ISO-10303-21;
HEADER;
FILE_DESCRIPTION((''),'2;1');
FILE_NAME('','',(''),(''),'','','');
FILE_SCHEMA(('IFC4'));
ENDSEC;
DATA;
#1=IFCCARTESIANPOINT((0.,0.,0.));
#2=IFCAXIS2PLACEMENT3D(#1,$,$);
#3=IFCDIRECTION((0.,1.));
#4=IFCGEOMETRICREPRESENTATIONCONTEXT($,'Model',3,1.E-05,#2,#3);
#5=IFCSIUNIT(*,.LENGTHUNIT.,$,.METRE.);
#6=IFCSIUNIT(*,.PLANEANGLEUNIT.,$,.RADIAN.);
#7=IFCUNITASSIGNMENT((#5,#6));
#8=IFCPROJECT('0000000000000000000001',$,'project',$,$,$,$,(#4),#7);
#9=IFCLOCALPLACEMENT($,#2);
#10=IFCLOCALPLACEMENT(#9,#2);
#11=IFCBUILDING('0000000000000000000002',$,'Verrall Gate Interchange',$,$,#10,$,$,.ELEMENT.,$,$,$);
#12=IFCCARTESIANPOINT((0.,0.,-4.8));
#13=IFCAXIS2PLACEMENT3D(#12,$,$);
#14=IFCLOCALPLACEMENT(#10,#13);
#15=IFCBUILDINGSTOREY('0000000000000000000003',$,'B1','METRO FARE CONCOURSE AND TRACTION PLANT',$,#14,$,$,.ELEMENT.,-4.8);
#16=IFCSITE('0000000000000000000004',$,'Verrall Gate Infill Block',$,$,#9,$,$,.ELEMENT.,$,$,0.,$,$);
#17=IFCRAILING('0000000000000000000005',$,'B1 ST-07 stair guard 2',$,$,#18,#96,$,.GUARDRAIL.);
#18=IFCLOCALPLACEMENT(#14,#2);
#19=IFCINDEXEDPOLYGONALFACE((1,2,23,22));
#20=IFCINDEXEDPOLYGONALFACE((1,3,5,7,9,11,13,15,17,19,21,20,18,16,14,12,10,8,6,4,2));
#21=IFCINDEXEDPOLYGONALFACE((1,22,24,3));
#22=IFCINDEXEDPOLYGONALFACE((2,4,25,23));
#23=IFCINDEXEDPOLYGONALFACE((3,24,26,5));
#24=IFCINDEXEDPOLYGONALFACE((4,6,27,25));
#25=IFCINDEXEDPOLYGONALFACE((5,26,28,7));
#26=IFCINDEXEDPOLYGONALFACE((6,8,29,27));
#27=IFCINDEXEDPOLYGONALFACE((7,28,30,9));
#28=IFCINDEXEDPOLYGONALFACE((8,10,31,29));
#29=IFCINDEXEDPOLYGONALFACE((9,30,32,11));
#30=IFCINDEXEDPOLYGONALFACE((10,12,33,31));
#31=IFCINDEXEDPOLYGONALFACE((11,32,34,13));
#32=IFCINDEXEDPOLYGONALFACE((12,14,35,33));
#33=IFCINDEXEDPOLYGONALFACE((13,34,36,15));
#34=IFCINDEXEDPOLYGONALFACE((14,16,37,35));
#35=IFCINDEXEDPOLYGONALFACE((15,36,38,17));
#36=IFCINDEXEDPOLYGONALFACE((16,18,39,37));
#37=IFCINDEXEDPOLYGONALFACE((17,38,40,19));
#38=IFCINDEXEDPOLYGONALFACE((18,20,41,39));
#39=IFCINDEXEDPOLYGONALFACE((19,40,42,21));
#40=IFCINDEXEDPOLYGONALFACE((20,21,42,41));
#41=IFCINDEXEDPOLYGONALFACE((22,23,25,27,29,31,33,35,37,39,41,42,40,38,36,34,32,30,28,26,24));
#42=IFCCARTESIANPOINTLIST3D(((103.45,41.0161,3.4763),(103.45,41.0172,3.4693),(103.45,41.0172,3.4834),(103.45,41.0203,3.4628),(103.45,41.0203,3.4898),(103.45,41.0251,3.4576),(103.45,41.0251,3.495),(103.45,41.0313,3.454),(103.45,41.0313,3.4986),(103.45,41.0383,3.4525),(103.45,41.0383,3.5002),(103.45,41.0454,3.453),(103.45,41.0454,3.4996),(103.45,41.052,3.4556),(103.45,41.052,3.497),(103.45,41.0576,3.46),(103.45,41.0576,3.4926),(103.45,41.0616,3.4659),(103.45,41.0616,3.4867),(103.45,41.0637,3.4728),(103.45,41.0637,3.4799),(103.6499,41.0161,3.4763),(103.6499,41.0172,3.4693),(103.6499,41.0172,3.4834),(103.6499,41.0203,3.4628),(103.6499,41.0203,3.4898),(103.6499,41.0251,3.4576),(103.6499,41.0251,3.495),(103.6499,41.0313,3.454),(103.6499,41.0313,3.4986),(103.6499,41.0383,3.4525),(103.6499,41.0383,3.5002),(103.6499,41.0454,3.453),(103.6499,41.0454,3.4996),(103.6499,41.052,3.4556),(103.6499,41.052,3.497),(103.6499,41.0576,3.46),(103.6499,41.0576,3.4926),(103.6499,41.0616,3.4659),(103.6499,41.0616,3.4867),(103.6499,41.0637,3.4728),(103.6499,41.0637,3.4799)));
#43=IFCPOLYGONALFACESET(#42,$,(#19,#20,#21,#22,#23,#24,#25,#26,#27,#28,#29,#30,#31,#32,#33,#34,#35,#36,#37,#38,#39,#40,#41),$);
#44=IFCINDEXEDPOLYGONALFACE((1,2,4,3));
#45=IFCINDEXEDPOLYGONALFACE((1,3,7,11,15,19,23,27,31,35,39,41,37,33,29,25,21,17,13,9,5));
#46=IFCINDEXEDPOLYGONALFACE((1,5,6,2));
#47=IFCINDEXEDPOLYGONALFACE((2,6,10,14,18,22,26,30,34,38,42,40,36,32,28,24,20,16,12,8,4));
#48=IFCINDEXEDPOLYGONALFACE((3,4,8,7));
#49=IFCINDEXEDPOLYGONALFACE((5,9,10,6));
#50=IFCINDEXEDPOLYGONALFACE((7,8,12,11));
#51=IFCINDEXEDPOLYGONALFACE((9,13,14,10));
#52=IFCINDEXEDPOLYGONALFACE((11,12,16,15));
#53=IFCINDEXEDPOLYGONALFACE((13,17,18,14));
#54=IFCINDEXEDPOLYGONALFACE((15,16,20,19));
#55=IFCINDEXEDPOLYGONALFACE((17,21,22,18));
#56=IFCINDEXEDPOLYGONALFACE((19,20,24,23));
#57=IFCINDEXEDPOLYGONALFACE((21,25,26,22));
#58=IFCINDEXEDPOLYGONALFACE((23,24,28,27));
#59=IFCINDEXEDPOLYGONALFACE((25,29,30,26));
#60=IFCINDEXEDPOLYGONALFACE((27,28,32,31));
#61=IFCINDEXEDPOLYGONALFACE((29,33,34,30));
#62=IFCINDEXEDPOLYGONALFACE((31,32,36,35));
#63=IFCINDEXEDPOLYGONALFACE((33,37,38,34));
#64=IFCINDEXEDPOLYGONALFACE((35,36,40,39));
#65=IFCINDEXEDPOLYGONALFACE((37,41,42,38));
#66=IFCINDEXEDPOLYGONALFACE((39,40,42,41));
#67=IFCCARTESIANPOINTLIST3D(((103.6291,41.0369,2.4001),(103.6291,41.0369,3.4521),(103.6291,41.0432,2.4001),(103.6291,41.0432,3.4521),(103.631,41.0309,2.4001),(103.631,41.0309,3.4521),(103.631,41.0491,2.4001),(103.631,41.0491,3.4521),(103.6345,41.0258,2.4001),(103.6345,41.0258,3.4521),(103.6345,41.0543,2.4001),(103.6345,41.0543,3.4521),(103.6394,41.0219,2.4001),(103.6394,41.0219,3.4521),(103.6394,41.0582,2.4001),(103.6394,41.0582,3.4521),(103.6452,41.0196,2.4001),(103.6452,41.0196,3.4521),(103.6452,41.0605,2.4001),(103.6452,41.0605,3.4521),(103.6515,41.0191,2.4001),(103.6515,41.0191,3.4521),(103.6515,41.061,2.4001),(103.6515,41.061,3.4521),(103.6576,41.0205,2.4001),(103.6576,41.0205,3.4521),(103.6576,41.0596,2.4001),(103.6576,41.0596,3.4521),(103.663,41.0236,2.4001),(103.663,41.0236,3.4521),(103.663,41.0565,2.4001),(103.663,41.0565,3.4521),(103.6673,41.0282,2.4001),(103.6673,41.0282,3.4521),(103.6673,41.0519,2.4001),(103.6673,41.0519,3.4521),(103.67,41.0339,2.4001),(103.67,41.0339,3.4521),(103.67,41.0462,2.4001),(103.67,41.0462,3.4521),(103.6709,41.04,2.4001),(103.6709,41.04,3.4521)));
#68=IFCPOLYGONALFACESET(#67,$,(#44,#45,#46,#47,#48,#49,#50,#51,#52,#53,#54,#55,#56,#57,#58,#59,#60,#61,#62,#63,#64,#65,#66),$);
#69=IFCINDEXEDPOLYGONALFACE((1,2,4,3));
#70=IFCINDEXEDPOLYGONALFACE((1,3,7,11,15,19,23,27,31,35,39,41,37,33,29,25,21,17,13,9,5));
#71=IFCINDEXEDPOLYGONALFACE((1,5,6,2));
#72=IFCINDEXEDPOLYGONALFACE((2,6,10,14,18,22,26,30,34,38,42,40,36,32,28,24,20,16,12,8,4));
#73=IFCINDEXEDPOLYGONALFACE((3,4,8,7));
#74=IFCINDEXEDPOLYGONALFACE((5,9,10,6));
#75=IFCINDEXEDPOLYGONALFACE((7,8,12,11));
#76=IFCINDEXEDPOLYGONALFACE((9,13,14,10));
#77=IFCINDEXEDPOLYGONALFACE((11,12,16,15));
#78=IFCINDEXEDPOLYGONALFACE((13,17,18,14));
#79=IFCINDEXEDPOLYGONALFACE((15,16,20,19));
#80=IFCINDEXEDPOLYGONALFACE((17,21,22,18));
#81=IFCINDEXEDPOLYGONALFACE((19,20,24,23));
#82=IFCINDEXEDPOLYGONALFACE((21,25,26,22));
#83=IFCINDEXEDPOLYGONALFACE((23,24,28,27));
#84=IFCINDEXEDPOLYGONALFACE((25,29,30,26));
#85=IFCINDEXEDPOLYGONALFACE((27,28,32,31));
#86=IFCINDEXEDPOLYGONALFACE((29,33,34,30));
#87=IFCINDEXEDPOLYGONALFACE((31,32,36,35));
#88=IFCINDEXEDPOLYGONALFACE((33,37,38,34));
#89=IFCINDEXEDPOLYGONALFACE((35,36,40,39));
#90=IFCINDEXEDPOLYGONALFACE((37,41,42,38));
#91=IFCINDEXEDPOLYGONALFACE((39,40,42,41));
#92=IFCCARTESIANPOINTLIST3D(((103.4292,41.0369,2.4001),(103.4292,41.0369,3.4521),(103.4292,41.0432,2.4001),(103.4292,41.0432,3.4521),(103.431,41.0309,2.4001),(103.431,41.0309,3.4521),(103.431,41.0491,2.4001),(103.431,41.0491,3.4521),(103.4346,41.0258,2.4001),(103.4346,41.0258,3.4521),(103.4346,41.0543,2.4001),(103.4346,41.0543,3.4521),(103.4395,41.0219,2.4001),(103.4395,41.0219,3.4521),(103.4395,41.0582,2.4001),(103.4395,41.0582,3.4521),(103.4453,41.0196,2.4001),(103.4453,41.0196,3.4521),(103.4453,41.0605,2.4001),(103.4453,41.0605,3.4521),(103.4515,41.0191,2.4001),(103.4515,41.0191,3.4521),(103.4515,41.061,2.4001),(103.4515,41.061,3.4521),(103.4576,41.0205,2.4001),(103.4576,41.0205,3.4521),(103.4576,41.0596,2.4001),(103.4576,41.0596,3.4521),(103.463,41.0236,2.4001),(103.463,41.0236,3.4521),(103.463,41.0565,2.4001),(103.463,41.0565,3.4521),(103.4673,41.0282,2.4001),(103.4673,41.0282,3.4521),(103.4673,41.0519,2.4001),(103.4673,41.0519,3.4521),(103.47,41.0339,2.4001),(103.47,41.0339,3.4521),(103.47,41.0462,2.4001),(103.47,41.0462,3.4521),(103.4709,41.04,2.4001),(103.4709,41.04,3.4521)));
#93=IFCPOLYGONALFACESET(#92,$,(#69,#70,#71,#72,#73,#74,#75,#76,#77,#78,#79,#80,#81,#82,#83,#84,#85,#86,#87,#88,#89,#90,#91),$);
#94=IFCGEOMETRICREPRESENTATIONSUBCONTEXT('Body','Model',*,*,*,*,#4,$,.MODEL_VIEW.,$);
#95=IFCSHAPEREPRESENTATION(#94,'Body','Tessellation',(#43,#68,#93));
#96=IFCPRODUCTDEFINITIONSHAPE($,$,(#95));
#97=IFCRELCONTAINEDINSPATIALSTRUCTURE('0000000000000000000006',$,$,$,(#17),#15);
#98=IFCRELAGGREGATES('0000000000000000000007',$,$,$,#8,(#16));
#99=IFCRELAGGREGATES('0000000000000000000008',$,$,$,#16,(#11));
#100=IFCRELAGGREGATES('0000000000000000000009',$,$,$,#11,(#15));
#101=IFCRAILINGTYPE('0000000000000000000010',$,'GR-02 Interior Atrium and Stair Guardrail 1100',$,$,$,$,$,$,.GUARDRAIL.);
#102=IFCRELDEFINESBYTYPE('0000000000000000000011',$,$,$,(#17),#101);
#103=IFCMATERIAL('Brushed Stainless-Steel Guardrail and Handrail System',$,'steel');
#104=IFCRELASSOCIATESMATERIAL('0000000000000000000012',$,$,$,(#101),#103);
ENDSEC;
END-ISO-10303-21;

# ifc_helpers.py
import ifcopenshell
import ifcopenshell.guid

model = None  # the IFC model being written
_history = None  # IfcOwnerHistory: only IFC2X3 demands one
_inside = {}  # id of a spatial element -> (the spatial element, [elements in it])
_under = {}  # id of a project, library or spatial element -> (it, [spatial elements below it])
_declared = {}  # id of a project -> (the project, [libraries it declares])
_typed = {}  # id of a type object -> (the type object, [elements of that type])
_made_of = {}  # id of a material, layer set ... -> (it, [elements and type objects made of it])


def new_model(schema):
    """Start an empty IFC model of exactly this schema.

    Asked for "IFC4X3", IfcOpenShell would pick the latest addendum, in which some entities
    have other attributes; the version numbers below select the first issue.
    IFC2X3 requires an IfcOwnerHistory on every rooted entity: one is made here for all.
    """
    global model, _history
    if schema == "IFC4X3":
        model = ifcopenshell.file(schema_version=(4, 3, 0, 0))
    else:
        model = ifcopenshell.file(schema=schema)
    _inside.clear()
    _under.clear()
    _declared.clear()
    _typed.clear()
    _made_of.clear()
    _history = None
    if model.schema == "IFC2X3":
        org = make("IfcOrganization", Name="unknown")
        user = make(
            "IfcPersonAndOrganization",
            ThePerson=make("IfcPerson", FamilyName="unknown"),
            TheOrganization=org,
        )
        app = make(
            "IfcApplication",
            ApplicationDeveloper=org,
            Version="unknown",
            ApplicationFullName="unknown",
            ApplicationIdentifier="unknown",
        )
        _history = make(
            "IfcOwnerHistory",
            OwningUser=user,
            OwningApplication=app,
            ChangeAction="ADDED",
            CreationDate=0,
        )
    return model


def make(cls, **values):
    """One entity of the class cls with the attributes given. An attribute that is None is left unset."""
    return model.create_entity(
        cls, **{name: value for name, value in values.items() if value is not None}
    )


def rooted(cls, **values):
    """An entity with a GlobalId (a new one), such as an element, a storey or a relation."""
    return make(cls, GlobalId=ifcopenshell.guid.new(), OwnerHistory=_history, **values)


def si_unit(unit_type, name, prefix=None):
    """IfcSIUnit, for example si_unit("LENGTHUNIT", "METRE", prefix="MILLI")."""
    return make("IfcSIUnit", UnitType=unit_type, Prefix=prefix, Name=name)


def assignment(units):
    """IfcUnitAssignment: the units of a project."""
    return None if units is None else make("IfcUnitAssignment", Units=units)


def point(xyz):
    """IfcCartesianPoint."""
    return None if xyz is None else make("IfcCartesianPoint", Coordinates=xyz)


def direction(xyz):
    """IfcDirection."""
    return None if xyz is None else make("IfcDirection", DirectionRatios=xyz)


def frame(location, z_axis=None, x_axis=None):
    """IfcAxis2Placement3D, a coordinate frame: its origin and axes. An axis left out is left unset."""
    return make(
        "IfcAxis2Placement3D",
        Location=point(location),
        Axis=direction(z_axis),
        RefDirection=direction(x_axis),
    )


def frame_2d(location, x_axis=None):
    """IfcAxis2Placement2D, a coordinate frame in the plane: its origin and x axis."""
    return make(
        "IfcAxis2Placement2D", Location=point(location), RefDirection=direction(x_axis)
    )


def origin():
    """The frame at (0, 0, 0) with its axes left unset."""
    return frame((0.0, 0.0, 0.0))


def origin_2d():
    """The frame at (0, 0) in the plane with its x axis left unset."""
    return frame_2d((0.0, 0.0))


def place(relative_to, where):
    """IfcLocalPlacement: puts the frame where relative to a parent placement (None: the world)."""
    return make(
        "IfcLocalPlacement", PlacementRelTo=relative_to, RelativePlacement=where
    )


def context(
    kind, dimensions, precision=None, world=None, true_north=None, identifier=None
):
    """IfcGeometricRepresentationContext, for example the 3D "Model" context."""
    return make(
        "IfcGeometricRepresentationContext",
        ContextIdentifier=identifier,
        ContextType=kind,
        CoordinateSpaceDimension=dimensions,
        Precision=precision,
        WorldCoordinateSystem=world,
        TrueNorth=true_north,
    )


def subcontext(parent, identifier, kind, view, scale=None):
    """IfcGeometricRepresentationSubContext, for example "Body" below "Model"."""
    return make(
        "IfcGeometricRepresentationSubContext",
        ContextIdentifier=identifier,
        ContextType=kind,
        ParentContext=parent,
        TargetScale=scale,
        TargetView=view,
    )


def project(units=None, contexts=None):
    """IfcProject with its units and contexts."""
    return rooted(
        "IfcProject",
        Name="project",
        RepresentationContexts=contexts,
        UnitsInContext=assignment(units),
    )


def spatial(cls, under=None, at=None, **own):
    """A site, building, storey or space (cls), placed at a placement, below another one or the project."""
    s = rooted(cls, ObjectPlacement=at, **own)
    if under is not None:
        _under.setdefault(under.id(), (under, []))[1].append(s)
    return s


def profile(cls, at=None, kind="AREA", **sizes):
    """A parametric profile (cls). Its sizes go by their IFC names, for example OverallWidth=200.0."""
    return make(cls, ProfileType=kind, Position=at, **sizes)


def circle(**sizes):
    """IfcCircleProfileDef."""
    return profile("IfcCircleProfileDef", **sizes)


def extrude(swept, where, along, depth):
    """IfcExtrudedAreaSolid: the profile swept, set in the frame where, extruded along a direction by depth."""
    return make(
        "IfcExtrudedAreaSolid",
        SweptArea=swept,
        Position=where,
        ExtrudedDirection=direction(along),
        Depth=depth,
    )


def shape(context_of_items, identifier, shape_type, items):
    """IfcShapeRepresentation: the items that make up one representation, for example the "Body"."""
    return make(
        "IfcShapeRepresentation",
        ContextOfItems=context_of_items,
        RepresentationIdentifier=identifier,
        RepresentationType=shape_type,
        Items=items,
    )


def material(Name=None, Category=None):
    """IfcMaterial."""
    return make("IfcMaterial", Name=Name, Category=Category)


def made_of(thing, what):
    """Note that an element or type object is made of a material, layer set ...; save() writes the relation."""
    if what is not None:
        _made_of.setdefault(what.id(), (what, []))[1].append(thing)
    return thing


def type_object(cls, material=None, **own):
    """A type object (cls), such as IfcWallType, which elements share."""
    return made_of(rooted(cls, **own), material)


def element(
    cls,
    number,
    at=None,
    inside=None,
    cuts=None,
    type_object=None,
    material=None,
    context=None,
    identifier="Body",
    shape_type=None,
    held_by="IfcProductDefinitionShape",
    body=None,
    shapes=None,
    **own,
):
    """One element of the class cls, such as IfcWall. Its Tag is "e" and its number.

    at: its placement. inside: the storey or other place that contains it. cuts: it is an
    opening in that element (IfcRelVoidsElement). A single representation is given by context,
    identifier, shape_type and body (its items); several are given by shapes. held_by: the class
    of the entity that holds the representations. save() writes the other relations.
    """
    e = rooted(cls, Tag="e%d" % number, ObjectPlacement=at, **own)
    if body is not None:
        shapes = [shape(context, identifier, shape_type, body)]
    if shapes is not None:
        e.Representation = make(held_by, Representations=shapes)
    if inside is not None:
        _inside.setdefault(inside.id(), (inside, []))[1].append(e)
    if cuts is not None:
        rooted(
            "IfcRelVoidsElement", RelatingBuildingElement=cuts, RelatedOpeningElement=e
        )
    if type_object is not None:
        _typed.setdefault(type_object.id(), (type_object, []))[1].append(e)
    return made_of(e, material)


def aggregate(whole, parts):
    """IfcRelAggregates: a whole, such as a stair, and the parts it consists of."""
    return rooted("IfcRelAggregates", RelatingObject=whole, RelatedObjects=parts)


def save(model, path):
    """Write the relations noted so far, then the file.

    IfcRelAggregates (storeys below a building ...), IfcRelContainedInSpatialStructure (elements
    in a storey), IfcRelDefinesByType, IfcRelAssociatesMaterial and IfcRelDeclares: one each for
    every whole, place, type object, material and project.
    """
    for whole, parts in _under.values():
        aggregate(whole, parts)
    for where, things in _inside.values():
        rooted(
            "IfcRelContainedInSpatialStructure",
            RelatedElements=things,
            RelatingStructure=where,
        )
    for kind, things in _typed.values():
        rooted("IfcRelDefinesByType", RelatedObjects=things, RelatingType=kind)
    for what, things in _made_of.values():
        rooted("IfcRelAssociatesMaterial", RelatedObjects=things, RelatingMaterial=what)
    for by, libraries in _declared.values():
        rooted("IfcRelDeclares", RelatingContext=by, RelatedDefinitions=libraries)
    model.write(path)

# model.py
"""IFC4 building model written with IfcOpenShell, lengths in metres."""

from ifc_helpers import new_model, si_unit, direction, frame, origin, origin_2d, place, context, subcontext, project, spatial, circle, extrude, material, type_object, element, save


model = new_model("IFC4")

# Units and contexts
model_context = context("Model", 3, precision=1e-05, world=origin(), true_north=direction((0.0, 1.0)))
body_context = subcontext(model_context, "Body", "Model", "MODEL_VIEW")
ifc_project = project(units=[si_unit("LENGTHUNIT", "METRE"), si_unit("PLANEANGLEUNIT", "RADIAN")], contexts=[model_context])

# Site, building, storey
site_placement = place(None, origin())
site = spatial("IfcSite", under=ifc_project, at=site_placement, Name="Verrall Gate Infill Block", CompositionType="ELEMENT", RefElevation=0.0)
building_placement = place(site_placement, origin())
building = spatial("IfcBuilding", under=site, at=building_placement, Name="Verrall Gate Interchange", CompositionType="ELEMENT")
storey_placement = place(building_placement, frame((0.0, 0.0, -4.8)))
storey = spatial("IfcBuildingStorey", under=building, at=storey_placement, Name="B1", Description="METRO FARE CONCOURSE AND TRACTION PLANT", CompositionType="ELEMENT", Elevation=-4.8)

# Railing
ifc_material_1 = material(Name="Brushed Stainless-Steel Guardrail and Handrail System", Category="steel")
railing_type_1 = type_object("IfcRailingType", Name="GR-02 Interior Atrium and Stair Guardrail 1100", PredefinedType="GUARDRAIL", material=ifc_material_1)
railing_1_placement = place(storey_placement, frame((103.6499, 41.04, 2.4001)))
element("IfcRailing", 1, at=railing_1_placement, inside=storey, type_object=railing_type_1, Name="B1 ST-07 stair guard 2", PredefinedType="GUARDRAIL", context=body_context, shape_type="SweptSolid", body=[
    extrude(circle(Radius=0.0239, at=origin_2d()), frame((0.0, 0.0, 1.0762), z_axis=(-1.0, 0.0, 0.0), x_axis=(0.0, -1.0, 0.0)), (0.0, 0.0, 1.0), 0.2),
    extrude(circle(Radius=0.021, at=origin_2d()), origin(), (0.0, 0.0, 1.0), 1.052),
    extrude(circle(Radius=0.021, at=origin_2d()), frame((-0.2, 0.0, 0.0)), (0.0, 0.0, 1.0), 1.052),
])

save(model, "model.ifc")
